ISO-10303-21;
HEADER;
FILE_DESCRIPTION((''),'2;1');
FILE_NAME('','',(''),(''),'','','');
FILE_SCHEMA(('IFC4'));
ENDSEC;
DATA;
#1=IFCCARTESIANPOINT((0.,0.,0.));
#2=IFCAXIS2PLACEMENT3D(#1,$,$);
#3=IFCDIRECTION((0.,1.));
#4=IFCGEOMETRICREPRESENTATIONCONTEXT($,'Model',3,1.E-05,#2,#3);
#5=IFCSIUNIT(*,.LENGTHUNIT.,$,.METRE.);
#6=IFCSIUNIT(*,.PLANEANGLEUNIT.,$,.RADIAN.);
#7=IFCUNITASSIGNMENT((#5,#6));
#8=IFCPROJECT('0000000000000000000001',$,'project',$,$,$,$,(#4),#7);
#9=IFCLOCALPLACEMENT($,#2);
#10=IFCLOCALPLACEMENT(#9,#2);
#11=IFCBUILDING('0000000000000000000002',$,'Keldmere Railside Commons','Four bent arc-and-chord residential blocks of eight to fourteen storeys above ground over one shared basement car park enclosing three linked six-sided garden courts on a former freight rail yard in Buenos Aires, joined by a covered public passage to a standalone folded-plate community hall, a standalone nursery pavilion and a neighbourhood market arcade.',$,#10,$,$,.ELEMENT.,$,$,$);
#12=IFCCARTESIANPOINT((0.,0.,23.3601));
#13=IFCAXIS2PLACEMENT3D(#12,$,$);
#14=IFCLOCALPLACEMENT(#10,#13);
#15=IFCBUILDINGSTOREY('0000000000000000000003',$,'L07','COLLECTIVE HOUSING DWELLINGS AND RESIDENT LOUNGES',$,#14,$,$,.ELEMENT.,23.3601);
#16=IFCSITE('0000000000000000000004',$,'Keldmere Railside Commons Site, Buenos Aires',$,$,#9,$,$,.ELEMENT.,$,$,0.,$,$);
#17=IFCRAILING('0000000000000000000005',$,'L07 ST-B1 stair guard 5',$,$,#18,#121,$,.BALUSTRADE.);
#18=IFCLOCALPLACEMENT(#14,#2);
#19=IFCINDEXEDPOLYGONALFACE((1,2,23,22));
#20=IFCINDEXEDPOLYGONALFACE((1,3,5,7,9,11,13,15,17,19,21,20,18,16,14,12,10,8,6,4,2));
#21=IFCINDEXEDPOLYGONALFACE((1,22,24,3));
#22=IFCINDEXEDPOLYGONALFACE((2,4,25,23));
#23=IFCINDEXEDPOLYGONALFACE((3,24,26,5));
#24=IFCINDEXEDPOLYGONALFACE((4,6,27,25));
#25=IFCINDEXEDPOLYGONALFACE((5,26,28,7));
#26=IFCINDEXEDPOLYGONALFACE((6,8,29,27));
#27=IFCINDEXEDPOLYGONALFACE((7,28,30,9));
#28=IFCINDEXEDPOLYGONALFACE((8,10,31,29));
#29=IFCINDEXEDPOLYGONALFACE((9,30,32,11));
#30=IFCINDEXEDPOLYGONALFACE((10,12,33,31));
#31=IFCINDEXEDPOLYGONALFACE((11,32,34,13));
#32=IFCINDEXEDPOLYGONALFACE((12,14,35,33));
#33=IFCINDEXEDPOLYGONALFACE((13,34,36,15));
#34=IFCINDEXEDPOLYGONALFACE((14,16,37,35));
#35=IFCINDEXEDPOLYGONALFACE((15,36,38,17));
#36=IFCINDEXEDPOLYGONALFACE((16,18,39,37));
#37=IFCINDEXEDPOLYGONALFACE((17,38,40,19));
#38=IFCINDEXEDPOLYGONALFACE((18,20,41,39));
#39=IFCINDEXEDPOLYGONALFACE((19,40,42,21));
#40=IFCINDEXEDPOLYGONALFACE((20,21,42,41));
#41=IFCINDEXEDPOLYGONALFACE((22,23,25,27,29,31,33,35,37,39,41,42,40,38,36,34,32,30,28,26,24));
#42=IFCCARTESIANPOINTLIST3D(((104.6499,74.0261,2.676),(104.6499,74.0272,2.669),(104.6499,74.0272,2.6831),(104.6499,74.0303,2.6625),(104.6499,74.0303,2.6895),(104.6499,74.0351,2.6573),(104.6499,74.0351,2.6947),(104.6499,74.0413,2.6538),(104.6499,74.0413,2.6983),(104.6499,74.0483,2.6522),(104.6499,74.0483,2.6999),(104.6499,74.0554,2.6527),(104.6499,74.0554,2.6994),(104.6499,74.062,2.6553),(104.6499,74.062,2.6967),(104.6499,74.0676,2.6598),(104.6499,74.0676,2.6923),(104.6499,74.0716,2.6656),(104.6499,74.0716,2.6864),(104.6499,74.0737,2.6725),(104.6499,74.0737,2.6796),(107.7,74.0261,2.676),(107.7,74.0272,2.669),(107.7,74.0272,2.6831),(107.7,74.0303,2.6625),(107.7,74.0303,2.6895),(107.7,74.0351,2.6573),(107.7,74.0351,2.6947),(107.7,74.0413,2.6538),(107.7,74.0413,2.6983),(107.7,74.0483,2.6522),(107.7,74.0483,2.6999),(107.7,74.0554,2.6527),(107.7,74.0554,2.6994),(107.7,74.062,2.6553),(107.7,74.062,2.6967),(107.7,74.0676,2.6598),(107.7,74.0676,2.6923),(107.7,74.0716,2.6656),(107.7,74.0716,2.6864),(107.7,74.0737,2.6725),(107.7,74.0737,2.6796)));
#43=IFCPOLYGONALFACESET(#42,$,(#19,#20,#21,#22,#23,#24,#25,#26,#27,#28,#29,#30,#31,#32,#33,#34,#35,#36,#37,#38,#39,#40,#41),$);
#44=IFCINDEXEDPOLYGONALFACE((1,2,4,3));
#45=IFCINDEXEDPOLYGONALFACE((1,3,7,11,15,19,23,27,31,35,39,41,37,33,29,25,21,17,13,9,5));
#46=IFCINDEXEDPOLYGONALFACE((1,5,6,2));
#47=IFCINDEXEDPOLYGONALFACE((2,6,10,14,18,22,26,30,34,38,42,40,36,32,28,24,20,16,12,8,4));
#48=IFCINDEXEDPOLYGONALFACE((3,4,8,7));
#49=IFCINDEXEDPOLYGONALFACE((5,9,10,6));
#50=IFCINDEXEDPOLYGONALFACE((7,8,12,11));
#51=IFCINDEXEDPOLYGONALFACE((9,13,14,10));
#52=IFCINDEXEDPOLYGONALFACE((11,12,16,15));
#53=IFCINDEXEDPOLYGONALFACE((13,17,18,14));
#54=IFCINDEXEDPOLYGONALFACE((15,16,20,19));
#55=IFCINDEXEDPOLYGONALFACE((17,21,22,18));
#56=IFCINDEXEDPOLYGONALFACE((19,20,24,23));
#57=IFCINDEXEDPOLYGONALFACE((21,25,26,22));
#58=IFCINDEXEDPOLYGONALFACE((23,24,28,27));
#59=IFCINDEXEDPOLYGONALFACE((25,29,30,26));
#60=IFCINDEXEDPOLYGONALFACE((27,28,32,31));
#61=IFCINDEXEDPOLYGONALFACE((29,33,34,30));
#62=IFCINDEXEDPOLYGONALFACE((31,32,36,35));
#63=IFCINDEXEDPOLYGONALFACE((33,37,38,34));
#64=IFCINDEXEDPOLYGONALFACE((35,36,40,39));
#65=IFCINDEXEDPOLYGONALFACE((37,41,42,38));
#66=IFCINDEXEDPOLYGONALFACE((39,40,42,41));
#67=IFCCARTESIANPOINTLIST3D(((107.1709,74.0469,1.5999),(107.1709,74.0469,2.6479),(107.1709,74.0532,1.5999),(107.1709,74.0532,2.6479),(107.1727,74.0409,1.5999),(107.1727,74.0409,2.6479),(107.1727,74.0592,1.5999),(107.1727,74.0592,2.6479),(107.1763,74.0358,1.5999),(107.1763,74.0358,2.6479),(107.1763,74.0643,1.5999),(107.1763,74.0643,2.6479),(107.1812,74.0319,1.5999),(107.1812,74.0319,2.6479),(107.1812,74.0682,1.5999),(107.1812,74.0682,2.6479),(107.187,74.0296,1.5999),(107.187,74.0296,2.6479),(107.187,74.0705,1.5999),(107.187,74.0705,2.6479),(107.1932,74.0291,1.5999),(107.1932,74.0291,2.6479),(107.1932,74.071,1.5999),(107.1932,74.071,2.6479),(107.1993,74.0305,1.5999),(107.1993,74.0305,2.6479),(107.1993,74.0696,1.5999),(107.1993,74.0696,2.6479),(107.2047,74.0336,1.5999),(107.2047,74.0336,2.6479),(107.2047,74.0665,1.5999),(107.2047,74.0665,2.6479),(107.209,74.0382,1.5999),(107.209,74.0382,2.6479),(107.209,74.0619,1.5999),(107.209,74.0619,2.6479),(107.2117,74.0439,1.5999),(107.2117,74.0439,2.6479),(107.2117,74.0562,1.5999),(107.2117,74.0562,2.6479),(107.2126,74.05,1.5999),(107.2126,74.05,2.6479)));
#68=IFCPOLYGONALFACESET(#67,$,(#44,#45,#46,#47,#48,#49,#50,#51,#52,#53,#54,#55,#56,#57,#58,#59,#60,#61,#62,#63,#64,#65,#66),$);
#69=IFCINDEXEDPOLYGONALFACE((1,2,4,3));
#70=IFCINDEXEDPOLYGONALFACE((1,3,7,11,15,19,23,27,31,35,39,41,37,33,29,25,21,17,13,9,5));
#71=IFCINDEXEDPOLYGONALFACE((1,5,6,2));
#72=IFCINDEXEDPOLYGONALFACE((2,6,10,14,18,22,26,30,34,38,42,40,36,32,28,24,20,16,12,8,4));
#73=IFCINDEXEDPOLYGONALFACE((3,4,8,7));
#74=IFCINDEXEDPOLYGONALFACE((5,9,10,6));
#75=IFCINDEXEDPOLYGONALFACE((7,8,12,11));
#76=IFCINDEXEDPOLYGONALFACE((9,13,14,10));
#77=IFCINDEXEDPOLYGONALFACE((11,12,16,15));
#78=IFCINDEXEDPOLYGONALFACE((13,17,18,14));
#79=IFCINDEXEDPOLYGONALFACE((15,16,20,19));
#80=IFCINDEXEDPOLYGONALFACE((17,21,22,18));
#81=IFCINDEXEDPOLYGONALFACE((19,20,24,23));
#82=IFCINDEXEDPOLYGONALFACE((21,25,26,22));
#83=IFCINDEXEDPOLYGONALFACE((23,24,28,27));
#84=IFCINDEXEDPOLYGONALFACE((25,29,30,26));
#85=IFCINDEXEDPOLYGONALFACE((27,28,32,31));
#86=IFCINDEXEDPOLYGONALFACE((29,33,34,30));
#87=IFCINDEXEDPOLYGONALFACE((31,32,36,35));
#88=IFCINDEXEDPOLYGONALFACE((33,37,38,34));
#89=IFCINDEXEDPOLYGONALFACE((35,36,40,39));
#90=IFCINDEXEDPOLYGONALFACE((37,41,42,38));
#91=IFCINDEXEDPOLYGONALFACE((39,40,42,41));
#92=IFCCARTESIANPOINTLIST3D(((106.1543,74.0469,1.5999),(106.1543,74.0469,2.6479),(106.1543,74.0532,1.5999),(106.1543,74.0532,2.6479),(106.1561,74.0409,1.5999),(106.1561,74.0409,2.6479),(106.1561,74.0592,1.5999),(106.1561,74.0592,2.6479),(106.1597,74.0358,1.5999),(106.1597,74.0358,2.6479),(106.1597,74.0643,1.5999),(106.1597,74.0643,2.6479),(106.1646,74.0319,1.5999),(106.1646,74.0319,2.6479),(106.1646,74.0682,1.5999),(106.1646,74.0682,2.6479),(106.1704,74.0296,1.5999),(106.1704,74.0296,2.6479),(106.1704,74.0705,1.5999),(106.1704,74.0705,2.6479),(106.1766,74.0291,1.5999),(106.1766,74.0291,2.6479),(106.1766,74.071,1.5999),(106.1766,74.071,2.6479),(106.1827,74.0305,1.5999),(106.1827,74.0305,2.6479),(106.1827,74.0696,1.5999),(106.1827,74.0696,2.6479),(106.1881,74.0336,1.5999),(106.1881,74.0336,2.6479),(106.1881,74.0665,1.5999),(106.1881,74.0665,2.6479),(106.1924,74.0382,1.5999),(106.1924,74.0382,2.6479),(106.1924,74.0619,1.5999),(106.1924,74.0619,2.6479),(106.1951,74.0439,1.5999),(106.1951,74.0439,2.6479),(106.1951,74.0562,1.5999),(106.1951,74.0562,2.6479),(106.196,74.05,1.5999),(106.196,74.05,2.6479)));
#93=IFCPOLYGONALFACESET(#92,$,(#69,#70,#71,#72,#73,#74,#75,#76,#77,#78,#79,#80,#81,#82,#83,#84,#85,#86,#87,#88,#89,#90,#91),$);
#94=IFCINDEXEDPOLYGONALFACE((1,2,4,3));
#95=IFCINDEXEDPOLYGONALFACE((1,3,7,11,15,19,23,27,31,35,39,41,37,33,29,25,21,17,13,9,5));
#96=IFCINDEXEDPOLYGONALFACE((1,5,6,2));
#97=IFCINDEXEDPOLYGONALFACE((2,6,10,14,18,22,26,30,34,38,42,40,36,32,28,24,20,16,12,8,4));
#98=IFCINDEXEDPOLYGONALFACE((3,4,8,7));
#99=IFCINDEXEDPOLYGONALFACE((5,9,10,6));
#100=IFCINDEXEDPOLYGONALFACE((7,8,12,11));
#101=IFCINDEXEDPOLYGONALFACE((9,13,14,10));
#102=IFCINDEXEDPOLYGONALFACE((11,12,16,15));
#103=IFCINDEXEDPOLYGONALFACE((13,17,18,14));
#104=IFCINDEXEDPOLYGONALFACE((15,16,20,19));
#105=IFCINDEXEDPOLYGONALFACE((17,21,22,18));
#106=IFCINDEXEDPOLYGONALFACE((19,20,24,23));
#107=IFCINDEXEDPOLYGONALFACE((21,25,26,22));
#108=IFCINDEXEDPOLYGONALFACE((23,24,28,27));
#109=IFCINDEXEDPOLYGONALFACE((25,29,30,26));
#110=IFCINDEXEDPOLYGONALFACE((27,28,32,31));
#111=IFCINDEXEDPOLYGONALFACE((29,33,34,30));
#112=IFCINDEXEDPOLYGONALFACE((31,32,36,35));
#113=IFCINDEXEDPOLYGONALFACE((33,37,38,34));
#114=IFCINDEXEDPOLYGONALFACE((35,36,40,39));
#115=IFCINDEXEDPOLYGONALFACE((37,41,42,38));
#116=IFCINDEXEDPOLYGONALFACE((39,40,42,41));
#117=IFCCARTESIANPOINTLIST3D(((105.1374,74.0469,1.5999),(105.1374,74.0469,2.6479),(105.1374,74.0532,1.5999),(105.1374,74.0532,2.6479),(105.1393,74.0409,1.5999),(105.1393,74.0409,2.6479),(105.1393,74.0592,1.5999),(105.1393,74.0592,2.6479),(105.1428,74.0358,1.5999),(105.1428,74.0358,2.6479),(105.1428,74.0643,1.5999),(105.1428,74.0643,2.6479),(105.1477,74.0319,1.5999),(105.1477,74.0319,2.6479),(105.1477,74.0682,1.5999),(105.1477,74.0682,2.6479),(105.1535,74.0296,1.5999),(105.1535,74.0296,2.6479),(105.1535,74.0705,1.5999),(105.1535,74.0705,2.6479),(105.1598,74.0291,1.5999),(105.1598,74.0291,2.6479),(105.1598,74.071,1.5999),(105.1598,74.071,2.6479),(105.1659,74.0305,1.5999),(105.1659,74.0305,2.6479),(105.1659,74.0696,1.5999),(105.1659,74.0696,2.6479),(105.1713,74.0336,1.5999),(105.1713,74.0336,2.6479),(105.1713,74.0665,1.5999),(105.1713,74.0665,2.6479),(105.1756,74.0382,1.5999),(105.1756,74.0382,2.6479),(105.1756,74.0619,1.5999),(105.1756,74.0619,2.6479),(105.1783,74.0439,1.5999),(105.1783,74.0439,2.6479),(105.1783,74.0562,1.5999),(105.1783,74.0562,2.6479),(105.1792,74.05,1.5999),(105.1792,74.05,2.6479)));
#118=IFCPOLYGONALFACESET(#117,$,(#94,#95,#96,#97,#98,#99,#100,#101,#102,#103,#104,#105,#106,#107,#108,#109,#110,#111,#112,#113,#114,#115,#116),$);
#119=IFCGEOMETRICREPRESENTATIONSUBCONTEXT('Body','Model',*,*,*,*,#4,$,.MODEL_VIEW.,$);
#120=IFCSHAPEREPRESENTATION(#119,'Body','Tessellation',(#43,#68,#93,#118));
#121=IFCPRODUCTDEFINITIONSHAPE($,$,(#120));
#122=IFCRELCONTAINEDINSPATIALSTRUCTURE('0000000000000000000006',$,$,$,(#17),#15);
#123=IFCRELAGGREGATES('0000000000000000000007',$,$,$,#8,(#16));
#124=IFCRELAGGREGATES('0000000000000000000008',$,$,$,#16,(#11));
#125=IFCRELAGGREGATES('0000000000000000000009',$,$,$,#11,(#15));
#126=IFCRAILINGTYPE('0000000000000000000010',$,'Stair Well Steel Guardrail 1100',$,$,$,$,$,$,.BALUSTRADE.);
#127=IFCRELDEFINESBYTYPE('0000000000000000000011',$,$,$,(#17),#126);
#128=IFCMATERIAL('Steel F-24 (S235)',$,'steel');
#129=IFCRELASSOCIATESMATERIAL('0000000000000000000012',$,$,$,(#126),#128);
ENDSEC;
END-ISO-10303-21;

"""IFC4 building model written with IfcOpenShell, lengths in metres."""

from ifc_helpers import new_model, si_unit, direction, frame, origin, origin_2d, place, context, subcontext, project, spatial, circle, extrude, material, type_object, element, save


model = new_model("IFC4")

# Units and contexts
model_context = context("Model", 3, precision=1e-05, world=origin(), true_north=direction((0.0, 1.0)))
body_context = subcontext(model_context, "Body", "Model", "MODEL_VIEW")
ifc_project = project(units=[si_unit("LENGTHUNIT", "METRE"), si_unit("PLANEANGLEUNIT", "RADIAN")], contexts=[model_context])

# Site, building, storey
site_placement = place(None, origin())
site = spatial("IfcSite", under=ifc_project, at=site_placement, Name="Keldmere Railside Commons Site, Buenos Aires", CompositionType="ELEMENT", RefElevation=0.0)
building_placement = place(site_placement, origin())
building = spatial("IfcBuilding", under=site, at=building_placement, Name="Keldmere Railside Commons", Description="Four bent arc-and-chord residential blocks of eight to fourteen storeys above ground over one shared basement car park enclosing three linked six-sided garden courts on a former freight rail yard in Buenos Aires, joined by a covered public passage to a standalone folded-plate community hall, a standalone nursery pavilion and a neighbourhood market arcade.", CompositionType="ELEMENT")
storey_placement = place(building_placement, frame((0.0, 0.0, 23.3601)))
storey = spatial("IfcBuildingStorey", under=building, at=storey_placement, Name="L07", Description="COLLECTIVE HOUSING DWELLINGS AND RESIDENT LOUNGES", CompositionType="ELEMENT", Elevation=23.3601)

# Railing
ifc_material_1 = material(Name="Steel F-24 (S235)", Category="steel")
railing_type_1 = type_object("IfcRailingType", Name="Stair Well Steel Guardrail 1100", PredefinedType="BALUSTRADE", material=ifc_material_1)
railing_1_placement = place(storey_placement, frame((107.7, 74.05, 1.5999)))
element("IfcRailing", 1, at=railing_1_placement, inside=storey, type_object=railing_type_1, Name="L07 ST-B1 stair guard 5", PredefinedType="BALUSTRADE", context=body_context, shape_type="SweptSolid", body=[
    extrude(circle(Radius=0.0239, at=origin_2d()), frame((0.0, 0.0, 1.0762), z_axis=(-1.0, 0.0, 0.0), x_axis=(0.0, -1.0, 0.0)), (0.0, 0.0, 1.0), 3.05),
    extrude(circle(Radius=0.021, at=origin_2d()), frame((-0.5083, 0.0, 0.0)), (0.0, 0.0, 1.0), 1.0481),
    extrude(circle(Radius=0.021, at=origin_2d()), frame((-1.5249, 0.0, 0.0)), (0.0, 0.0, 1.0), 1.0481),
    extrude(circle(Radius=0.021, at=origin_2d()), frame((-2.5417, 0.0, 0.0)), (0.0, 0.0, 1.0), 1.0481),
])

save(model, "model.ifc")
